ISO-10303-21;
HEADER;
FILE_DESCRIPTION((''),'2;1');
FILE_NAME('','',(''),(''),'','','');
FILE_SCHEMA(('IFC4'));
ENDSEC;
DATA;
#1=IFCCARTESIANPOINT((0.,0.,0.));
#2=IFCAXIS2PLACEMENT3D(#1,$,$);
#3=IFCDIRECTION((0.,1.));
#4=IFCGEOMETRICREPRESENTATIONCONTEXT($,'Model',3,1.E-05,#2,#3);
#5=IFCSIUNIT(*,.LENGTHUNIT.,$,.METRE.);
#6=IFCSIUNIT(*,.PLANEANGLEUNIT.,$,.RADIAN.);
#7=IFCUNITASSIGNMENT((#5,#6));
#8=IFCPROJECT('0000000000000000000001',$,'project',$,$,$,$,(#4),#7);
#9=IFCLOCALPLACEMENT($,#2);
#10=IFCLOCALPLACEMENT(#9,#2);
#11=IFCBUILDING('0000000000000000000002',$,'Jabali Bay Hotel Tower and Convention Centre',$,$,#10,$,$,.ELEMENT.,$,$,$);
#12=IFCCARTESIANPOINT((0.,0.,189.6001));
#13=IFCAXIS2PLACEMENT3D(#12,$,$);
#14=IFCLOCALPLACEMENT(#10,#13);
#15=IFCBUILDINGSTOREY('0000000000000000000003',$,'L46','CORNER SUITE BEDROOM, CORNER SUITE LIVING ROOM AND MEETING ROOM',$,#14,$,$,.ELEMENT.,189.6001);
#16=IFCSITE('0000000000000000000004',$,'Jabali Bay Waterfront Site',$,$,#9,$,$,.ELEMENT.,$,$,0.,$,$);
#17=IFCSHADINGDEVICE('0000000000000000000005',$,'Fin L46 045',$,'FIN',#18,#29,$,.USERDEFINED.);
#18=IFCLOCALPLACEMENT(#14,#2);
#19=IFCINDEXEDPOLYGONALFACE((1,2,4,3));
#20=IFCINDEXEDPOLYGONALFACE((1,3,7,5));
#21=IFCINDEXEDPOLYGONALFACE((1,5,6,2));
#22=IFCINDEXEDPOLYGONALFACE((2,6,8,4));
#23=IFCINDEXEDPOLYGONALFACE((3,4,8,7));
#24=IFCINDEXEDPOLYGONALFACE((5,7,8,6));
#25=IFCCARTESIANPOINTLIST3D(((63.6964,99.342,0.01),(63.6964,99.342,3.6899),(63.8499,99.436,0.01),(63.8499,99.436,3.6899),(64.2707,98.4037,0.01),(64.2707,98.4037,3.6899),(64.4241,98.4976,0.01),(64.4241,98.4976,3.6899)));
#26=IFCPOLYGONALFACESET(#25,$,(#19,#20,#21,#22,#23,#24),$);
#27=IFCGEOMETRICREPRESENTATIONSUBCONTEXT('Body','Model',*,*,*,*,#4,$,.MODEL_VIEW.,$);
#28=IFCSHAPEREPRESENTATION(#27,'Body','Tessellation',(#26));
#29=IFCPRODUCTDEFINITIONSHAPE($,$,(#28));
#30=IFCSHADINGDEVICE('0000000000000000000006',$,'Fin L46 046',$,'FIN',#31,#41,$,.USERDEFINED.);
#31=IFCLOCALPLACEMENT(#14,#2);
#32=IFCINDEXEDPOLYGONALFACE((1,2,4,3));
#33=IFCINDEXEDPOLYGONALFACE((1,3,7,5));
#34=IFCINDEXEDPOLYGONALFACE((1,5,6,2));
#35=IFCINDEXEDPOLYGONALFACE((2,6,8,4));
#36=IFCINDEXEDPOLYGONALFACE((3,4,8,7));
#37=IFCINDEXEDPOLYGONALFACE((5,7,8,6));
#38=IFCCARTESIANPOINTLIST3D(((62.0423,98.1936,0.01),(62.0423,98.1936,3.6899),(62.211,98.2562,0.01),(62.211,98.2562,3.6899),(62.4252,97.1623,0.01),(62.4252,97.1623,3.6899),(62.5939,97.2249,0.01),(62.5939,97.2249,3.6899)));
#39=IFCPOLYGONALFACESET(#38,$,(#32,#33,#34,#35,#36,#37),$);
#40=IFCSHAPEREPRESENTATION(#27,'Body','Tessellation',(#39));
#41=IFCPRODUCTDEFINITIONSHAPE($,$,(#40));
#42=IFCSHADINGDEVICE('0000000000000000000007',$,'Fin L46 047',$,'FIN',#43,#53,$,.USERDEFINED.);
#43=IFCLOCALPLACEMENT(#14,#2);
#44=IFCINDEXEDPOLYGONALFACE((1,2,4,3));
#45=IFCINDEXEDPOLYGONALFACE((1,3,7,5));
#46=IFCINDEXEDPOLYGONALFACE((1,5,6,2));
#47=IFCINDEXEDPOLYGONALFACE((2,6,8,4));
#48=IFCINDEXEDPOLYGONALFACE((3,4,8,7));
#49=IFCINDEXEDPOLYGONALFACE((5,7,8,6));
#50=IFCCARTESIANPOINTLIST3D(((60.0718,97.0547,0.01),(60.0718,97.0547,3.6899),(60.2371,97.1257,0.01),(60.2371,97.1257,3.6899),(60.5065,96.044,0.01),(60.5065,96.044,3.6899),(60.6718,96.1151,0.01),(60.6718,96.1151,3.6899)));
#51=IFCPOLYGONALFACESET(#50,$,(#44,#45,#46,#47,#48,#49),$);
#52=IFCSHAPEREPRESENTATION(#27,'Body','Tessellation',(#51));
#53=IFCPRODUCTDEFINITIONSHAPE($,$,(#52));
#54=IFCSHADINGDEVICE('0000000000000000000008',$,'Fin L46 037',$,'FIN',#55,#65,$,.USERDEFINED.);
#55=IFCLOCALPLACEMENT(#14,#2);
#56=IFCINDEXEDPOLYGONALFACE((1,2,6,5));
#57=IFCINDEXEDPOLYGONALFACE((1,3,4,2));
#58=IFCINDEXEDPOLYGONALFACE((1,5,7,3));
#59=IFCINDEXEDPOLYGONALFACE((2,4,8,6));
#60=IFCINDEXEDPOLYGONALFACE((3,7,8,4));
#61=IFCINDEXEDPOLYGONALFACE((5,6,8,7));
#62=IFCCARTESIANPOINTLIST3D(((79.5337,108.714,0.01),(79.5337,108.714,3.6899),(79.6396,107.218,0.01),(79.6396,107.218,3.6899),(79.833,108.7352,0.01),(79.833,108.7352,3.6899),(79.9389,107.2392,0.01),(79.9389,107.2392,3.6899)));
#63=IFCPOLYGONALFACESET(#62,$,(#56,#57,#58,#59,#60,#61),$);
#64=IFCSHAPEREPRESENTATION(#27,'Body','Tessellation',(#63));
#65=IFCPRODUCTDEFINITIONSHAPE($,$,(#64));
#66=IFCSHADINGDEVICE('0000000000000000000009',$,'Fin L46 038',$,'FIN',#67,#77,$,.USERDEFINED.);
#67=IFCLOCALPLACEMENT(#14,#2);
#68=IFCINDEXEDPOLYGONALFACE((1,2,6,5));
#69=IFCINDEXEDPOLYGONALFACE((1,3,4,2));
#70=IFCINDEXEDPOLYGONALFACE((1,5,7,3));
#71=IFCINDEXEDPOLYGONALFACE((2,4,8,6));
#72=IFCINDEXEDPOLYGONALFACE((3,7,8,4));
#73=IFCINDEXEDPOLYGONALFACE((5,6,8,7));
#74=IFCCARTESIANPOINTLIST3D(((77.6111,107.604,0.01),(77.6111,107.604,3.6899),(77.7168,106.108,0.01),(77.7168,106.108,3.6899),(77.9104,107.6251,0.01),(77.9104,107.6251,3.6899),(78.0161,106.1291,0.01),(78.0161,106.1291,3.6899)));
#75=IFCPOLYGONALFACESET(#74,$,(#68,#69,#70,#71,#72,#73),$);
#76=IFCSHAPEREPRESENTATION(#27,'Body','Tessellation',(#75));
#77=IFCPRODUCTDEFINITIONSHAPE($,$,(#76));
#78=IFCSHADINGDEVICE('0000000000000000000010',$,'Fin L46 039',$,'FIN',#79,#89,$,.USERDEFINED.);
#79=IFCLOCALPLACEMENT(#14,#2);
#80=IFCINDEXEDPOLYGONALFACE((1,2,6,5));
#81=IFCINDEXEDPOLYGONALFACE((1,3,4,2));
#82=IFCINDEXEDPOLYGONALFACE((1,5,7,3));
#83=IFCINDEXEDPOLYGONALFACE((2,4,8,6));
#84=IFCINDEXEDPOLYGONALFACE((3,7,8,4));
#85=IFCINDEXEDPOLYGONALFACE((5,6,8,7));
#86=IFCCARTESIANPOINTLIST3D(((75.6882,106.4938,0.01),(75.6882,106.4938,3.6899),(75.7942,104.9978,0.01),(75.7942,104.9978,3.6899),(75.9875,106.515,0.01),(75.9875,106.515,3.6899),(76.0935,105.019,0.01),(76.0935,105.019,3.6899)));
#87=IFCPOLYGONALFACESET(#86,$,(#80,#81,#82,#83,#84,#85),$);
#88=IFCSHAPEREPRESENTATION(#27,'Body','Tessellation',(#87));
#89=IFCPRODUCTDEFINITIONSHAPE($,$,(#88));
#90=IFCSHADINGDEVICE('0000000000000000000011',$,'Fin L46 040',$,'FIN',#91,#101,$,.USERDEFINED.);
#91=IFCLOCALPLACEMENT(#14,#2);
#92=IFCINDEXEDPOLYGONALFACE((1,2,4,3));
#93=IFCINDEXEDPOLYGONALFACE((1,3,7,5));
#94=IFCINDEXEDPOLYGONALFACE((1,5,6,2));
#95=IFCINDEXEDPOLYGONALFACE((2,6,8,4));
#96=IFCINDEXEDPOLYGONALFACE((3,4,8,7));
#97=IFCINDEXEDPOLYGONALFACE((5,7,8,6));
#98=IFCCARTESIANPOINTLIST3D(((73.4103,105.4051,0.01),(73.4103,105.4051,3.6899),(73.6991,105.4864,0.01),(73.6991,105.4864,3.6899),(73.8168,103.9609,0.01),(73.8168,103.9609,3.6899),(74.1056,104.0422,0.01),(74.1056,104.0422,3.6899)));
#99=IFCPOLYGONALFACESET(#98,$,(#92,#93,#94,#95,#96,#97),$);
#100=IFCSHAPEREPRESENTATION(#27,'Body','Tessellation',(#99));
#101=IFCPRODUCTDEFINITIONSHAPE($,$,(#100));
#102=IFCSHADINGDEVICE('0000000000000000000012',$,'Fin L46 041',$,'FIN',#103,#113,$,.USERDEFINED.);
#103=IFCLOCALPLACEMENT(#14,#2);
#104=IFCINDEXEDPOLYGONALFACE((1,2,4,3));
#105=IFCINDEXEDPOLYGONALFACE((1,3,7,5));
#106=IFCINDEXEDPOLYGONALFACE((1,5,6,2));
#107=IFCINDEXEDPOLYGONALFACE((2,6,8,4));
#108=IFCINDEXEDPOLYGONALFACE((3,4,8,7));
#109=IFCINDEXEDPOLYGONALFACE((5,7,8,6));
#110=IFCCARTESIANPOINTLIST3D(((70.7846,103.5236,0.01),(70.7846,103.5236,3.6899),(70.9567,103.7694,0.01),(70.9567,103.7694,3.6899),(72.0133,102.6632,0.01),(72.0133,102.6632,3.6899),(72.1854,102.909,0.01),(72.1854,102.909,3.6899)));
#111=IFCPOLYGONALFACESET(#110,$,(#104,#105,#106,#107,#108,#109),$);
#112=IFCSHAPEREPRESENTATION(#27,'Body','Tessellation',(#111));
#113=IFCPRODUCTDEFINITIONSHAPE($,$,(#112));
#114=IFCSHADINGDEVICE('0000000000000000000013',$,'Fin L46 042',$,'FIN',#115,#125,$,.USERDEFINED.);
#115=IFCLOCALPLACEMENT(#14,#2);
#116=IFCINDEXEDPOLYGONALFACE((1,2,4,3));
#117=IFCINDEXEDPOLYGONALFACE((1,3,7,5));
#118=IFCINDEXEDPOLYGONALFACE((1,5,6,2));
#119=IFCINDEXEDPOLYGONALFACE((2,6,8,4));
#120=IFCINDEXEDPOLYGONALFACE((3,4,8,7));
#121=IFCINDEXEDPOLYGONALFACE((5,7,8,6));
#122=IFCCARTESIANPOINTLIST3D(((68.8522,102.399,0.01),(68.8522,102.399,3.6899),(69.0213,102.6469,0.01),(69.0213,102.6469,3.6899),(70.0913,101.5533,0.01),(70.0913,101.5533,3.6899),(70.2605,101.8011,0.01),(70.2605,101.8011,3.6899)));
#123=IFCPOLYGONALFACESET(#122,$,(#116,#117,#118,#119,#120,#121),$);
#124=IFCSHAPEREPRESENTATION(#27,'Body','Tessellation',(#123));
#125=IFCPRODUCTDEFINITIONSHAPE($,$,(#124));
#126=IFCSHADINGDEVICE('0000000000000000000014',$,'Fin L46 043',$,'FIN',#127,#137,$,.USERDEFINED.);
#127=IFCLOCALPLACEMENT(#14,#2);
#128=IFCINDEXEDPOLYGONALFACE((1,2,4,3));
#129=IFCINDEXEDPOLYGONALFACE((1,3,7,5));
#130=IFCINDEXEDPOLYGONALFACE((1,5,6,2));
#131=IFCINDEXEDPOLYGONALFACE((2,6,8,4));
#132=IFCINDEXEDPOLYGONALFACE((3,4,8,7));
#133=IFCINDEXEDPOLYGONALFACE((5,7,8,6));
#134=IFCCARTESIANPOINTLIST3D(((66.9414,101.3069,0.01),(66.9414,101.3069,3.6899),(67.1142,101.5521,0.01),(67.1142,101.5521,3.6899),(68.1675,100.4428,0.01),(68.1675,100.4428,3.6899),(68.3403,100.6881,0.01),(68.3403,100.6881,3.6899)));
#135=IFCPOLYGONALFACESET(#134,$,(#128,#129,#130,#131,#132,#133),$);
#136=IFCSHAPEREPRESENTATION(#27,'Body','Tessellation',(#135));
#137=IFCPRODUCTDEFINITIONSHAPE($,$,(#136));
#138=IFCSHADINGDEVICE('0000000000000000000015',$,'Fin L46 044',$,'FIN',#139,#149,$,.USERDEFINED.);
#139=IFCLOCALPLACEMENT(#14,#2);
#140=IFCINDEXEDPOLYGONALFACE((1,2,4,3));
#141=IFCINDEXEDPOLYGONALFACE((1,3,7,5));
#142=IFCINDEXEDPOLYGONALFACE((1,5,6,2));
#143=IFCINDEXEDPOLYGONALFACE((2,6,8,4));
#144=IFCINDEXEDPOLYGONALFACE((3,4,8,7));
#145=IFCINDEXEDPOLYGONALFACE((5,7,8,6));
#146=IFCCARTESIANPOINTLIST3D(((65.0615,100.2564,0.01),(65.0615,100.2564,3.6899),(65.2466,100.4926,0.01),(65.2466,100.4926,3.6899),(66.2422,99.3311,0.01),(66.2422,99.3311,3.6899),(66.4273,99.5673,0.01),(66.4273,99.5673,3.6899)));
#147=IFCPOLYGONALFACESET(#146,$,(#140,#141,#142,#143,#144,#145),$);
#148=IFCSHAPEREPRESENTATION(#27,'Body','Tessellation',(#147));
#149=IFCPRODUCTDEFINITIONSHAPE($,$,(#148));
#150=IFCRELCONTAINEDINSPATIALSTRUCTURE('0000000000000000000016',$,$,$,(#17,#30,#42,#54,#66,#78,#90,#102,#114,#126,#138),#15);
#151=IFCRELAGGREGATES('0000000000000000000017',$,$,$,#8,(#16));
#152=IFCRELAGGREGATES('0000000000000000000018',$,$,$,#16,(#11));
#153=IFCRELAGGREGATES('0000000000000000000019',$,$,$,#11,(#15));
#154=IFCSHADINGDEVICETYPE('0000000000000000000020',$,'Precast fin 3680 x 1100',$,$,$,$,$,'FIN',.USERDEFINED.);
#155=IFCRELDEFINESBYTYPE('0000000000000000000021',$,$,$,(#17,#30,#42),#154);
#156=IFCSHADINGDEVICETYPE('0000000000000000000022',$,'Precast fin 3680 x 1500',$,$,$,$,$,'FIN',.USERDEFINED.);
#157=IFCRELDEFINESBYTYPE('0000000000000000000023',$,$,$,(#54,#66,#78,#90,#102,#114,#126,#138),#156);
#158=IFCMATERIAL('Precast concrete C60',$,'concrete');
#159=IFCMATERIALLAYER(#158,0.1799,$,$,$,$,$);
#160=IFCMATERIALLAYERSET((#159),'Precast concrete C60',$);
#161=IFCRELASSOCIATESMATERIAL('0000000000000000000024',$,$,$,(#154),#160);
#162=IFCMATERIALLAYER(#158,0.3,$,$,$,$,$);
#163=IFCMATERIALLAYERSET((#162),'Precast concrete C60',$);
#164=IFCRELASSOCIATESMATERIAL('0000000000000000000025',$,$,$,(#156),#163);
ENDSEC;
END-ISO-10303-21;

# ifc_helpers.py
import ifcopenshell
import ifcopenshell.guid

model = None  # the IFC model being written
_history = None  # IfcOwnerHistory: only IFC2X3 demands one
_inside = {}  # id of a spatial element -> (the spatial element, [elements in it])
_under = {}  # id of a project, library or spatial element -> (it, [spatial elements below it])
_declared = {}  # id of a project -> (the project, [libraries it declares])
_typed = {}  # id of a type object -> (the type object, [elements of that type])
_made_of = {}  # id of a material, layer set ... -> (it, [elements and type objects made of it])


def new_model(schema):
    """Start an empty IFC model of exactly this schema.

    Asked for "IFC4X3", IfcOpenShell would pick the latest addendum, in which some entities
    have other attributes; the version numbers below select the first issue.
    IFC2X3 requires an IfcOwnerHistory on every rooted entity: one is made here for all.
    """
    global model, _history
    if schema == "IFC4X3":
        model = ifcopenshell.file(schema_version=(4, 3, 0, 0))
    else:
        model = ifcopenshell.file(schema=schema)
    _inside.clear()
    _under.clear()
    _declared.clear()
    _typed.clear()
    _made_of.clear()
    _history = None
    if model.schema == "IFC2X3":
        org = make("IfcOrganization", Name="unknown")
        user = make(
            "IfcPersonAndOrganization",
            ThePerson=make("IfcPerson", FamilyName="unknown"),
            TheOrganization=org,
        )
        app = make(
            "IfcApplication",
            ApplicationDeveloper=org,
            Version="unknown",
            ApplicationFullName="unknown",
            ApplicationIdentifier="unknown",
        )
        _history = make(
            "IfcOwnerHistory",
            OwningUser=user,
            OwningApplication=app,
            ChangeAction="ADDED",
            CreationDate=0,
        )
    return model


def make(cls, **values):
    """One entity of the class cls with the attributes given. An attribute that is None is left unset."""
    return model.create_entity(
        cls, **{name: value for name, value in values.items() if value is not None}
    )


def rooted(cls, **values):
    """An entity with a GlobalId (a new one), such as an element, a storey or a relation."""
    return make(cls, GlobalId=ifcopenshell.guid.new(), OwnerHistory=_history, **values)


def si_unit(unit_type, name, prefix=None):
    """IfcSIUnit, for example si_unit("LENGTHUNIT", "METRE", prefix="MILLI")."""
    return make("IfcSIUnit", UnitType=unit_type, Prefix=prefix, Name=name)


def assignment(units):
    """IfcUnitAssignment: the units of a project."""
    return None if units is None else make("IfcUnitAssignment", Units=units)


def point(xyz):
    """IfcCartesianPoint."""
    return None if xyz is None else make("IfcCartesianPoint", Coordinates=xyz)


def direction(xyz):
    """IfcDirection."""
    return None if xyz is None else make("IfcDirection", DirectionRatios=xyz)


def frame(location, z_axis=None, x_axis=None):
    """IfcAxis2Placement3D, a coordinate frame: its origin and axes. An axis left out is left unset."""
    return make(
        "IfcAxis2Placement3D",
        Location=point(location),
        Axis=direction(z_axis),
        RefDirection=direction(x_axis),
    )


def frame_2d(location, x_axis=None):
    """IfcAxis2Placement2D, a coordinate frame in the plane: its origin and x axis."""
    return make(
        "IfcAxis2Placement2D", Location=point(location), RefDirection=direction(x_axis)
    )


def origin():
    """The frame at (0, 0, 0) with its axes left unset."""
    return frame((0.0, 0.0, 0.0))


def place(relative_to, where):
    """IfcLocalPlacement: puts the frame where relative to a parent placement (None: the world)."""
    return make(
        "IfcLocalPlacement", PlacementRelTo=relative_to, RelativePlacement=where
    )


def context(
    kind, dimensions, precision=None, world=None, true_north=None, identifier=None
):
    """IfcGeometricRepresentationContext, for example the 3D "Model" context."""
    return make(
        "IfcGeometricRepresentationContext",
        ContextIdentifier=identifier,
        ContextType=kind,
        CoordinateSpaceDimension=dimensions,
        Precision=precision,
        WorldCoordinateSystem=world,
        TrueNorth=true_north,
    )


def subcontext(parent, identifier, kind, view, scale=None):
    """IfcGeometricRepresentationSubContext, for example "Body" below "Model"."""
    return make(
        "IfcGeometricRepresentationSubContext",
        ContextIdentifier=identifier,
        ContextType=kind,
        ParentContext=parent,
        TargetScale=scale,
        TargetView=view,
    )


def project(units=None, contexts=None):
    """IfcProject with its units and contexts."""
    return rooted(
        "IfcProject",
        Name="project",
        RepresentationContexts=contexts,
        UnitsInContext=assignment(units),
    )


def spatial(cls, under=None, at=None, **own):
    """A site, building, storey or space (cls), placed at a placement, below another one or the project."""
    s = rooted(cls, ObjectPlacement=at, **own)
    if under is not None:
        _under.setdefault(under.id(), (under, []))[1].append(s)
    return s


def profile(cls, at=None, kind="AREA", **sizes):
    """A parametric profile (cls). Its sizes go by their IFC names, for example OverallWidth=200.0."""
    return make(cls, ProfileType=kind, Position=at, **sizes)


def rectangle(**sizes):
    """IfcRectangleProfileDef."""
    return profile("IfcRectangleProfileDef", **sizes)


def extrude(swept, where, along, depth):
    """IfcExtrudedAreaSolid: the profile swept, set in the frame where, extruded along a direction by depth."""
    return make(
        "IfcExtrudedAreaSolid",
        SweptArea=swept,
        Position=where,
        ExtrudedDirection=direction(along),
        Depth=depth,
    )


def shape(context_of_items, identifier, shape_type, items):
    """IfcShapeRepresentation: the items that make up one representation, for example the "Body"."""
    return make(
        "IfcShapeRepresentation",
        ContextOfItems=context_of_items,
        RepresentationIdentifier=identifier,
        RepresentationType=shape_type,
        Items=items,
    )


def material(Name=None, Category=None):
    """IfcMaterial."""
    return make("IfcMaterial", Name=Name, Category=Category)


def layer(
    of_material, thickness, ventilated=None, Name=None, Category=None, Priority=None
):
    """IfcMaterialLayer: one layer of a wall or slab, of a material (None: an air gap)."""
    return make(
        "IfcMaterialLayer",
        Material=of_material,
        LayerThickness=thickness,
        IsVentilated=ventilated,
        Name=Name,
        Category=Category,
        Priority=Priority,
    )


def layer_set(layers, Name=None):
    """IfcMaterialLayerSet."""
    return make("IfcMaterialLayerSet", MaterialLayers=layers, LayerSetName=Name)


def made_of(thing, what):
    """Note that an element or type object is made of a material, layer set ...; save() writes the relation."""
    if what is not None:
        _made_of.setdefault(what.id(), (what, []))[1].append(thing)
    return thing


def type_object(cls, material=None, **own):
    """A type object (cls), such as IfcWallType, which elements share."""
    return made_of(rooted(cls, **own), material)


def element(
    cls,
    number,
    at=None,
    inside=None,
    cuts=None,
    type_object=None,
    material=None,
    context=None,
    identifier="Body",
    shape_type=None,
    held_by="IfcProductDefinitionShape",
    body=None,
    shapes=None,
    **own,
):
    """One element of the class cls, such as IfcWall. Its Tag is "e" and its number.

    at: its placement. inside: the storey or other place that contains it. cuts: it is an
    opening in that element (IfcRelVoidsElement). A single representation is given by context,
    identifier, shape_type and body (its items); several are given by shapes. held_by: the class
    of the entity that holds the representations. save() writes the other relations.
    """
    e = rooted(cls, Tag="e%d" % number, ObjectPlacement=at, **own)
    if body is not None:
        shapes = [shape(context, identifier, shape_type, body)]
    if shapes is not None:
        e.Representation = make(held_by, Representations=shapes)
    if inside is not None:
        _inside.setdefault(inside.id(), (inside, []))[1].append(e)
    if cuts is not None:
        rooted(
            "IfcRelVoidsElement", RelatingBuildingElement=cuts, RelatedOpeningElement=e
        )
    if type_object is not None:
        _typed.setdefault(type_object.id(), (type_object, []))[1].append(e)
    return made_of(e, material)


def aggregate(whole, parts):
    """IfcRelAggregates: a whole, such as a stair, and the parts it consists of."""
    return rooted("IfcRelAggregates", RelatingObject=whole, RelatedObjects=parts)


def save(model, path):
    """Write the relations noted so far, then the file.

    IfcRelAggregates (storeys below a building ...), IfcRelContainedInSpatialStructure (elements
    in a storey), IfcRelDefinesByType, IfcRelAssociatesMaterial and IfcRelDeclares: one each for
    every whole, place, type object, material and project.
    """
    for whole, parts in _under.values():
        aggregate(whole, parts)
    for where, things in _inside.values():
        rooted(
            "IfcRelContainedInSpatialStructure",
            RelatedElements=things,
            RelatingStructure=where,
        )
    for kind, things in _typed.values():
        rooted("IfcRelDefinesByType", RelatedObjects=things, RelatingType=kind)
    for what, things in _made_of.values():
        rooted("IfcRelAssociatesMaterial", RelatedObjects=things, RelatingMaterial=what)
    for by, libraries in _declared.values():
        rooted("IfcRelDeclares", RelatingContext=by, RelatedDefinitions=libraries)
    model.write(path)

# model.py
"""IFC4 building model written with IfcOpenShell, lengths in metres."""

from ifc_helpers import new_model, si_unit, direction, frame, frame_2d, origin, place, context, subcontext, project, spatial, rectangle, extrude, material, layer, layer_set, type_object, element, save


model = new_model("IFC4")

# Units and contexts
model_context = context("Model", 3, precision=1e-05, world=origin(), true_north=direction((0.0, 1.0)))
body_context = subcontext(model_context, "Body", "Model", "MODEL_VIEW")
ifc_project = project(units=[si_unit("LENGTHUNIT", "METRE"), si_unit("PLANEANGLEUNIT", "RADIAN")], contexts=[model_context])

# Site, building, storey
site_placement = place(None, origin())
site = spatial("IfcSite", under=ifc_project, at=site_placement, Name="Jabali Bay Waterfront Site", CompositionType="ELEMENT", RefElevation=0.0)
building_placement = place(site_placement, origin())
building = spatial("IfcBuilding", under=site, at=building_placement, Name="Jabali Bay Hotel Tower and Convention Centre", CompositionType="ELEMENT")
storey_placement = place(building_placement, frame((0.0, 0.0, 189.6001)))
storey = spatial("IfcBuildingStorey", under=building, at=storey_placement, Name="L46", Description="CORNER SUITE BEDROOM, CORNER SUITE LIVING ROOM AND MEETING ROOM", CompositionType="ELEMENT", Elevation=189.6001)

# Shading devices
ifc_material_1 = material(Name="Precast concrete C60", Category="concrete")
ifc_layer_1 = layer(ifc_material_1, 0.1799)
ifc_layer_set_1 = layer_set([ifc_layer_1], Name="Precast concrete C60")
shading_device_type_1 = type_object("IfcShadingDeviceType", Name="Precast fin 3680 x 1100", ElementType="FIN", PredefinedType="USERDEFINED", material=ifc_layer_set_1)
for number, where, z_axis, x_axis, name in (
    (1, (64.3474, 98.4507, 0.01), (0.0, 0.0, 1.0), (-0.522015, 0.852936, 0.0), "Fin L46 045"),
    (2, (62.5095, 97.1936, 0.01), (0.0, 0.0, 1.0), (-0.348008, 0.937491, 0.0), "Fin L46 046"),
    (3, (60.5891, 96.0796, 0.01), (0.0, 0.0, 1.0), (-0.395071, 0.918651, 0.0), "Fin L46 047"),
):
    element("IfcShadingDevice", number, at=place(storey_placement, frame(where, z_axis=z_axis, x_axis=x_axis)), inside=storey, type_object=shading_device_type_1, Name=name, ObjectType="FIN", PredefinedType="USERDEFINED", context=body_context, shape_type="SweptSolid", body=[
        extrude(rectangle(XDim=1.1001, YDim=0.1799, at=frame_2d((0.55, 0.0))), origin(), (0.0, 0.0, 1.0), 3.6799),
    ])
ifc_layer_2 = layer(ifc_material_1, 0.3)
ifc_layer_set_2 = layer_set([ifc_layer_2], Name="Precast concrete C60")
shading_device_type_2 = type_object("IfcShadingDeviceType", Name="Precast fin 3680 x 1500", ElementType="FIN", PredefinedType="USERDEFINED", material=ifc_layer_set_2)
for number, where, z_axis, x_axis, name in (
    (4, (79.7893, 107.2285, 0.01), (0.0, 0.0, 1.0), (-0.070646, 0.997501, 0.0), "Fin L46 037"),
    (5, (77.8665, 106.1184, 0.01), (0.0, 0.0, 1.0), (-0.070484, 0.997513, 0.0), "Fin L46 038"),
    (6, (75.9438, 105.0083, 0.01), (0.0, 0.0, 1.0), (-0.070646, 0.997501, 0.0), "Fin L46 039"),
):
    element("IfcShadingDevice", number, at=place(storey_placement, frame(where, z_axis=z_axis, x_axis=x_axis)), inside=storey, type_object=shading_device_type_2, Name=name, ObjectType="FIN", PredefinedType="USERDEFINED", context=body_context, shape_type="SweptSolid", body=[
        extrude(rectangle(XDim=1.4998, YDim=0.3, at=frame_2d((0.75, 0.0))), origin(), (0.0, 0.0, 1.0), 3.6799),
    ])
shading_device_1_placement = place(storey_placement, frame((73.9612, 104.0017, 0.01), z_axis=(0.0, 0.0, 1.0), x_axis=(-0.270958, 0.962591, 0.0)))
element("IfcShadingDevice", 7, at=shading_device_1_placement, inside=storey, type_object=shading_device_type_2, Name="Fin L46 040", ObjectType="FIN", PredefinedType="USERDEFINED", context=body_context, shape_type="SweptSolid", body=[
    extrude(rectangle(XDim=1.5002, YDim=0.3, at=frame_2d((0.75, 0.0))), origin(), (0.0, 0.0, 1.0), 3.6799),
])
shading_device_2_placement = place(storey_placement, frame((72.0994, 102.7861, 0.01), z_axis=(0.0, 0.0, 1.0), x_axis=(-0.819163, 0.573561, 0.0)))
element("IfcShadingDevice", 8, at=shading_device_2_placement, inside=storey, type_object=shading_device_type_2, Name="Fin L46 041", ObjectType="FIN", PredefinedType="USERDEFINED", context=body_context, shape_type="SweptSolid", body=[
    extrude(rectangle(XDim=1.5, YDim=0.3, at=frame_2d((0.75, 0.0))), origin(), (0.0, 0.0, 1.0), 3.6799),
])
shading_device_3_placement = place(storey_placement, frame((70.1758, 101.6772, 0.01), z_axis=(0.0, 0.0, 1.0), x_axis=(-0.825941, 0.563756, 0.0)))
element("IfcShadingDevice", 9, at=shading_device_3_placement, inside=storey, type_object=shading_device_type_2, Name="Fin L46 042", ObjectType="FIN", PredefinedType="USERDEFINED", context=body_context, shape_type="SweptSolid", body=[
    extrude(rectangle(XDim=1.5002, YDim=0.3, at=frame_2d((0.75, 0.0))), origin(), (0.0, 0.0, 1.0), 3.6799),
])
for number, where, z_axis, x_axis, name in (
    (10, (68.2539, 100.5654, 0.01), (0.0, 0.0, 1.0), (-0.817423, 0.576038, 0.0), "Fin L46 043"),
    (11, (66.3347, 99.4492, 0.01), (0.0, 0.0, 1.0), (-0.787086, 0.616844, 0.0), "Fin L46 044"),
):
    element("IfcShadingDevice", number, at=place(storey_placement, frame(where, z_axis=z_axis, x_axis=x_axis)), inside=storey, type_object=shading_device_type_2, Name=name, ObjectType="FIN", PredefinedType="USERDEFINED", context=body_context, shape_type="SweptSolid", body=[
        extrude(rectangle(XDim=1.5, YDim=0.3, at=frame_2d((0.75, 0.0))), origin(), (0.0, 0.0, 1.0), 3.6799),
    ])

save(model, "model.ifc")
